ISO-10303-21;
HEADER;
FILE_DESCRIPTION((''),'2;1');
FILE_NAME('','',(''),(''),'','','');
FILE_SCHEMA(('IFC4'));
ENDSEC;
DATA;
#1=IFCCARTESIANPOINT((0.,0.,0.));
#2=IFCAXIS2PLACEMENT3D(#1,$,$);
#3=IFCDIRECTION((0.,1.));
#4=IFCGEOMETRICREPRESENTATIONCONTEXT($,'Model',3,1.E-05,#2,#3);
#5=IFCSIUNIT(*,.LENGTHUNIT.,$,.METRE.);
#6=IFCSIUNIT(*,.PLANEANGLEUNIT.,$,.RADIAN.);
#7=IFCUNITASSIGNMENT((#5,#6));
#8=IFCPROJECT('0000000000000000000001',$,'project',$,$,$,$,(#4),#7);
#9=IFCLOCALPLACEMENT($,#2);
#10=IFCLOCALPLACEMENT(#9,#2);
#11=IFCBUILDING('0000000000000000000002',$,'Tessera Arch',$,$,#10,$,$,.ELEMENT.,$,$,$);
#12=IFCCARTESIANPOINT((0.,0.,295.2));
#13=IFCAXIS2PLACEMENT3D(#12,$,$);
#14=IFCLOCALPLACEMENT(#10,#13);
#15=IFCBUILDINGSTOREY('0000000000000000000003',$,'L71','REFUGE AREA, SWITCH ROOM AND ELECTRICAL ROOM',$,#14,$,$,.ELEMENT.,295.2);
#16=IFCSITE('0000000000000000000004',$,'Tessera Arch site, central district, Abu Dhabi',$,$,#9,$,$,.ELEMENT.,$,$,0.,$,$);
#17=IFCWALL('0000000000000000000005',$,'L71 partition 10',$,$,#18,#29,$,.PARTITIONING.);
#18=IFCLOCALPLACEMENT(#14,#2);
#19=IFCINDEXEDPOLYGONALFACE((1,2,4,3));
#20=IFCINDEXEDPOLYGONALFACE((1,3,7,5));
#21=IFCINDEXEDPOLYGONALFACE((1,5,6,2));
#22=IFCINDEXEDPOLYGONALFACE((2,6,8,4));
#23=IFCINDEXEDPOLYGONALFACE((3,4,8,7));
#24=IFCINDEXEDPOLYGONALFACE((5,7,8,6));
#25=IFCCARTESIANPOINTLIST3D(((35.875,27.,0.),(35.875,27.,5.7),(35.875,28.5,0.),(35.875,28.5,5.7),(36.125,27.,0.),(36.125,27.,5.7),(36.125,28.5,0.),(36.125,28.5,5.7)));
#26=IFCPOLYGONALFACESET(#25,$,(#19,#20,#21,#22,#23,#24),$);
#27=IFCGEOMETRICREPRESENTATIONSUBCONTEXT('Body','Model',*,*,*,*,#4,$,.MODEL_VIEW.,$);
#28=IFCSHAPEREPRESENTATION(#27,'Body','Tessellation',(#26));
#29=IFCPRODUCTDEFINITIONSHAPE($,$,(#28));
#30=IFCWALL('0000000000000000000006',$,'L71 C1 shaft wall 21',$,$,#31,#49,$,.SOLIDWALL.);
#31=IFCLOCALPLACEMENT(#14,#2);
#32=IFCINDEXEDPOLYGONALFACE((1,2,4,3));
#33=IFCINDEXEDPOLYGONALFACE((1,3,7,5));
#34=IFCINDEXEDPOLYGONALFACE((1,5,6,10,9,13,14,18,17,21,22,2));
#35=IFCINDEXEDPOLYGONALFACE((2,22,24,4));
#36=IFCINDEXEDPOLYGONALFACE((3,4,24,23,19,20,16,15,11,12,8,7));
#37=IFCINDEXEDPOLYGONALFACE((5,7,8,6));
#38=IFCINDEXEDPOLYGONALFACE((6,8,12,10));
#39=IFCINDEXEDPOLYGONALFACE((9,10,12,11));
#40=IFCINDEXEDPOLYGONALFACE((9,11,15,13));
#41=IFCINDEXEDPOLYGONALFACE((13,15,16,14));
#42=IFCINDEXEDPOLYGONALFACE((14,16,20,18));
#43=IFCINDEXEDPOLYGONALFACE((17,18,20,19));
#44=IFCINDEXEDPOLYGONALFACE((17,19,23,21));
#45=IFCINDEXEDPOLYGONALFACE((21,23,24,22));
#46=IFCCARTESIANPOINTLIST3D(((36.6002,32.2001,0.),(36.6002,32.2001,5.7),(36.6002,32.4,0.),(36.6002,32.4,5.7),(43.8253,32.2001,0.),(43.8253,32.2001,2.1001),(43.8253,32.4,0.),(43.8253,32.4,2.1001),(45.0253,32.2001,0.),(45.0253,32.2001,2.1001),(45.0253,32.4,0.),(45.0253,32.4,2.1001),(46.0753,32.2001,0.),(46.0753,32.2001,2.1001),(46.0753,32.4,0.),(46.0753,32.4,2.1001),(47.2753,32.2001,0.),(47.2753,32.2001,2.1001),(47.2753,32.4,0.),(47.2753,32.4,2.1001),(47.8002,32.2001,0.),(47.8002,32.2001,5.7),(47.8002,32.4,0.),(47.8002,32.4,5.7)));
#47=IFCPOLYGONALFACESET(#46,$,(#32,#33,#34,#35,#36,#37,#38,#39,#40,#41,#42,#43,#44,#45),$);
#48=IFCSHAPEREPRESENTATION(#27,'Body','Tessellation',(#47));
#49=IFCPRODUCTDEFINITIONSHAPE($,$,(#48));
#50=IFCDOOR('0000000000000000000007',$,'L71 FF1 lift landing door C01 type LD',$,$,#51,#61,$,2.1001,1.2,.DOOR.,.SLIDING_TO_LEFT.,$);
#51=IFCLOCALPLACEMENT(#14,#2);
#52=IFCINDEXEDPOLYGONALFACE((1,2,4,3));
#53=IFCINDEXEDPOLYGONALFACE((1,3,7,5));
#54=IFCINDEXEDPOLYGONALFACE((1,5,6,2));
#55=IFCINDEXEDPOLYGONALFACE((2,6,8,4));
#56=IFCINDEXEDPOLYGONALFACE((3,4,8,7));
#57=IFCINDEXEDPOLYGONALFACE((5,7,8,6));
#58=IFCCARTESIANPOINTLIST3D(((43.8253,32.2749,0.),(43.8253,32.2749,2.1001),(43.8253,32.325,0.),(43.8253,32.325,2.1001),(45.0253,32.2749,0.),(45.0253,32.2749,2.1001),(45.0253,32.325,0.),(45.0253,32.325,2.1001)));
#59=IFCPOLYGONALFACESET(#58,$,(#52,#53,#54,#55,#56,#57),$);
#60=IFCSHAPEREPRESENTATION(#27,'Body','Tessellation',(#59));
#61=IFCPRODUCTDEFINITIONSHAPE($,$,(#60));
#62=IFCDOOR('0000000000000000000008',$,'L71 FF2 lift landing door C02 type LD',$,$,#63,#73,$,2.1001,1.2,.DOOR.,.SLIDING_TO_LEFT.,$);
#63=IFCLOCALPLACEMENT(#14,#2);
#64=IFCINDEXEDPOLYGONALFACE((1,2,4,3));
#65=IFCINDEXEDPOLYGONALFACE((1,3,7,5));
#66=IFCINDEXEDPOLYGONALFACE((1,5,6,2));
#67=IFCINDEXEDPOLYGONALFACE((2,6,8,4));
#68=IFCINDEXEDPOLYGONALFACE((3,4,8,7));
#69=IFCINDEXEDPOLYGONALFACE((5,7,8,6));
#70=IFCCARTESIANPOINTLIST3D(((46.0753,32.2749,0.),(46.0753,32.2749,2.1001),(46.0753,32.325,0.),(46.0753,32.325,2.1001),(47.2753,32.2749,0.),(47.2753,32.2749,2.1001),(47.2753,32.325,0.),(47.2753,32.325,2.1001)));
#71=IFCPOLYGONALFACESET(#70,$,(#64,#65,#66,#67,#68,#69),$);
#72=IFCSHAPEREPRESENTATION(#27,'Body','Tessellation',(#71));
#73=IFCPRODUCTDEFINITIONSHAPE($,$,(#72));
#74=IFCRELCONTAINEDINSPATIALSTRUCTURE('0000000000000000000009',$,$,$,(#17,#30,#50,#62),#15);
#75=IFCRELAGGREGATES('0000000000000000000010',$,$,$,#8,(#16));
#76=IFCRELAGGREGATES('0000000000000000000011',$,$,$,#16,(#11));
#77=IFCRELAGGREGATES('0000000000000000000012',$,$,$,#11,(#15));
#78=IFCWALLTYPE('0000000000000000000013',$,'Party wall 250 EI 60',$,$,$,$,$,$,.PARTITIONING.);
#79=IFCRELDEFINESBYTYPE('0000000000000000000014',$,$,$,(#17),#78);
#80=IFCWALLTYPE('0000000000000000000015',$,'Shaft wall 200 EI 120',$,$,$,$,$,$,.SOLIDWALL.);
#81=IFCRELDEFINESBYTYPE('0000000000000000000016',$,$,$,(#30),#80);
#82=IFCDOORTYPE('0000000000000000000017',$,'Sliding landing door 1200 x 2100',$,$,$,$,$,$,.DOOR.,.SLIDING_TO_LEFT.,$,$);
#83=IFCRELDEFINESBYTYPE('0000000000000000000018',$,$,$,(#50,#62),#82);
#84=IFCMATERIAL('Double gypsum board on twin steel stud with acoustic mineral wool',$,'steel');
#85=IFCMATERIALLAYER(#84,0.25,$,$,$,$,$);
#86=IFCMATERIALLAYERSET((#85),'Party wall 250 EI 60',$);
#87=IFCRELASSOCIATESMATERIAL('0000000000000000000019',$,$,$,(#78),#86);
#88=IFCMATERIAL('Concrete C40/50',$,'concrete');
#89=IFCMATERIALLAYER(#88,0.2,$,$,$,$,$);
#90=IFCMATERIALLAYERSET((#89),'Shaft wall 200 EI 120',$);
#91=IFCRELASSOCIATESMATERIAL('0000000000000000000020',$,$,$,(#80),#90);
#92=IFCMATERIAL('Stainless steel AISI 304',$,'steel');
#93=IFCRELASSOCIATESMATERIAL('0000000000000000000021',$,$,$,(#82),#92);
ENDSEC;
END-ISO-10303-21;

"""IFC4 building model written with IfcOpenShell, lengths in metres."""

from ifc_helpers import new_model, si_unit, direction, frame, frame_2d, origin, place, context, subcontext, project, spatial, rectangle, extrude, material, layer, layer_set, type_object, element, fill, save


model = new_model("IFC4")

# Units and contexts
model_context = context("Model", 3, precision=1e-05, world=origin(), true_north=direction((0.0, 1.0)))
body_context = subcontext(model_context, "Body", "Model", "MODEL_VIEW")
ifc_project = project(units=[si_unit("LENGTHUNIT", "METRE"), si_unit("PLANEANGLEUNIT", "RADIAN")], contexts=[model_context])

# Site, building, storey
site_placement = place(None, origin())
site = spatial("IfcSite", under=ifc_project, at=site_placement, Name="Tessera Arch site, central district, Abu Dhabi", CompositionType="ELEMENT", RefElevation=0.0)
building_placement = place(site_placement, origin())
building = spatial("IfcBuilding", under=site, at=building_placement, Name="Tessera Arch", CompositionType="ELEMENT")
storey_placement = place(building_placement, frame((0.0, 0.0, 295.2)))
storey = spatial("IfcBuildingStorey", under=building, at=storey_placement, Name="L71", Description="REFUGE AREA, SWITCH ROOM AND ELECTRICAL ROOM", CompositionType="ELEMENT", Elevation=295.2)

# Wall
ifc_material_1 = material(Name="Double gypsum board on twin steel stud with acoustic mineral wool", Category="steel")
ifc_layer_1 = layer(ifc_material_1, 0.25)
ifc_layer_set_1 = layer_set([ifc_layer_1], Name="Party wall 250 EI 60")
wall_type_1 = type_object("IfcWallType", Name="Party wall 250 EI 60", PredefinedType="PARTITIONING", material=ifc_layer_set_1)
wall_1_placement = place(storey_placement, frame((36.0, 27.0, 0.0), z_axis=(0.0, 0.0, 1.0), x_axis=(0.0, 1.0, 0.0)))
element("IfcWall", 1, at=wall_1_placement, inside=storey, type_object=wall_type_1, Name="L71 partition 10", PredefinedType="PARTITIONING", context=body_context, shape_type="SweptSolid", body=[
    extrude(rectangle(XDim=1.5, YDim=0.25, at=frame_2d((0.75, 0.0))), origin(), (0.0, 0.0, 1.0), 5.7),
])

# Wall, openings, doors
ifc_material_2 = material(Name="Concrete C40/50", Category="concrete")
ifc_layer_2 = layer(ifc_material_2, 0.2)
ifc_layer_set_2 = layer_set([ifc_layer_2], Name="Shaft wall 200 EI 120")
wall_type_2 = type_object("IfcWallType", Name="Shaft wall 200 EI 120", PredefinedType="SOLIDWALL", material=ifc_layer_set_2)
wall_2_placement = place(storey_placement, frame((36.6001, 32.3, 0.0), z_axis=(0.0, 0.0, 1.0), x_axis=(1.0, 0.0, 0.0)))
wall_2 = element("IfcWall", 2, at=wall_2_placement, inside=storey, type_object=wall_type_2, Name="L71 C1 shaft wall 21", PredefinedType="SOLIDWALL", context=body_context, shape_type="SweptSolid", body=[
    extrude(rectangle(XDim=11.2, YDim=0.2, at=frame_2d((5.6001, 0.0))), origin(), (0.0, 0.0, 1.0), 5.7),
])
opening_1_placement = place(wall_2_placement, frame((7.2251, 0.0, 0.0)))
opening_1 = element("IfcOpeningElement", 3, at=opening_1_placement, cuts=wall_2, PredefinedType="OPENING", context=body_context, shape_type="SweptSolid", body=[
    extrude(rectangle(XDim=1.2, YDim=2.1001, at=frame_2d((0.6001, 1.05))), frame((0.0, 0.1099, 0.0), z_axis=(0.0, -1.0, 0.0), x_axis=(1.0, 0.0, 0.0)), (0.0, 0.0, 1.0), 0.22),
])
opening_2_placement = place(wall_2_placement, frame((9.4751, 0.0, 0.0)))
opening_2 = element("IfcOpeningElement", 4, at=opening_2_placement, cuts=wall_2, PredefinedType="OPENING", context=body_context, shape_type="SweptSolid", body=[
    extrude(rectangle(XDim=1.2, YDim=2.1001, at=frame_2d((0.6001, 1.05))), frame((0.0, 0.1099, 0.0), z_axis=(0.0, -1.0, 0.0), x_axis=(1.0, 0.0, 0.0)), (0.0, 0.0, 1.0), 0.22),
])
ifc_material_3 = material(Name="Stainless steel AISI 304", Category="steel")
door_type_1 = type_object("IfcDoorType", Name="Sliding landing door 1200 x 2100", OperationType="SLIDING_TO_LEFT", PredefinedType="DOOR", material=ifc_material_3)
door_1_placement = place(opening_1_placement, origin())
door_1 = element("IfcDoor", 5, at=door_1_placement, inside=storey, type_object=door_type_1, Name="L71 FF1 lift landing door C01 type LD", OperationType="SLIDING_TO_LEFT", OverallHeight=2.1001, OverallWidth=1.2, PredefinedType="DOOR", context=body_context, shape_type="SweptSolid", body=[
    extrude(rectangle(XDim=1.2, YDim=2.1001, at=frame_2d((0.6001, 1.05))), frame((0.0, 0.0249, 0.0), z_axis=(0.0, -1.0, 0.0), x_axis=(1.0, 0.0, 0.0)), (0.0, 0.0, 1.0), 0.05),
])
fill(opening_1, door_1)
door_2_placement = place(opening_2_placement, origin())
door_2 = element("IfcDoor", 6, at=door_2_placement, inside=storey, type_object=door_type_1, Name="L71 FF2 lift landing door C02 type LD", OperationType="SLIDING_TO_LEFT", OverallHeight=2.1001, OverallWidth=1.2, PredefinedType="DOOR", context=body_context, shape_type="SweptSolid", body=[
    extrude(rectangle(XDim=1.2, YDim=2.1001, at=frame_2d((0.6001, 1.05))), frame((0.0, 0.0249, 0.0), z_axis=(0.0, -1.0, 0.0), x_axis=(1.0, 0.0, 0.0)), (0.0, 0.0, 1.0), 0.05),
])
fill(opening_2, door_2)

save(model, "model.ifc")
